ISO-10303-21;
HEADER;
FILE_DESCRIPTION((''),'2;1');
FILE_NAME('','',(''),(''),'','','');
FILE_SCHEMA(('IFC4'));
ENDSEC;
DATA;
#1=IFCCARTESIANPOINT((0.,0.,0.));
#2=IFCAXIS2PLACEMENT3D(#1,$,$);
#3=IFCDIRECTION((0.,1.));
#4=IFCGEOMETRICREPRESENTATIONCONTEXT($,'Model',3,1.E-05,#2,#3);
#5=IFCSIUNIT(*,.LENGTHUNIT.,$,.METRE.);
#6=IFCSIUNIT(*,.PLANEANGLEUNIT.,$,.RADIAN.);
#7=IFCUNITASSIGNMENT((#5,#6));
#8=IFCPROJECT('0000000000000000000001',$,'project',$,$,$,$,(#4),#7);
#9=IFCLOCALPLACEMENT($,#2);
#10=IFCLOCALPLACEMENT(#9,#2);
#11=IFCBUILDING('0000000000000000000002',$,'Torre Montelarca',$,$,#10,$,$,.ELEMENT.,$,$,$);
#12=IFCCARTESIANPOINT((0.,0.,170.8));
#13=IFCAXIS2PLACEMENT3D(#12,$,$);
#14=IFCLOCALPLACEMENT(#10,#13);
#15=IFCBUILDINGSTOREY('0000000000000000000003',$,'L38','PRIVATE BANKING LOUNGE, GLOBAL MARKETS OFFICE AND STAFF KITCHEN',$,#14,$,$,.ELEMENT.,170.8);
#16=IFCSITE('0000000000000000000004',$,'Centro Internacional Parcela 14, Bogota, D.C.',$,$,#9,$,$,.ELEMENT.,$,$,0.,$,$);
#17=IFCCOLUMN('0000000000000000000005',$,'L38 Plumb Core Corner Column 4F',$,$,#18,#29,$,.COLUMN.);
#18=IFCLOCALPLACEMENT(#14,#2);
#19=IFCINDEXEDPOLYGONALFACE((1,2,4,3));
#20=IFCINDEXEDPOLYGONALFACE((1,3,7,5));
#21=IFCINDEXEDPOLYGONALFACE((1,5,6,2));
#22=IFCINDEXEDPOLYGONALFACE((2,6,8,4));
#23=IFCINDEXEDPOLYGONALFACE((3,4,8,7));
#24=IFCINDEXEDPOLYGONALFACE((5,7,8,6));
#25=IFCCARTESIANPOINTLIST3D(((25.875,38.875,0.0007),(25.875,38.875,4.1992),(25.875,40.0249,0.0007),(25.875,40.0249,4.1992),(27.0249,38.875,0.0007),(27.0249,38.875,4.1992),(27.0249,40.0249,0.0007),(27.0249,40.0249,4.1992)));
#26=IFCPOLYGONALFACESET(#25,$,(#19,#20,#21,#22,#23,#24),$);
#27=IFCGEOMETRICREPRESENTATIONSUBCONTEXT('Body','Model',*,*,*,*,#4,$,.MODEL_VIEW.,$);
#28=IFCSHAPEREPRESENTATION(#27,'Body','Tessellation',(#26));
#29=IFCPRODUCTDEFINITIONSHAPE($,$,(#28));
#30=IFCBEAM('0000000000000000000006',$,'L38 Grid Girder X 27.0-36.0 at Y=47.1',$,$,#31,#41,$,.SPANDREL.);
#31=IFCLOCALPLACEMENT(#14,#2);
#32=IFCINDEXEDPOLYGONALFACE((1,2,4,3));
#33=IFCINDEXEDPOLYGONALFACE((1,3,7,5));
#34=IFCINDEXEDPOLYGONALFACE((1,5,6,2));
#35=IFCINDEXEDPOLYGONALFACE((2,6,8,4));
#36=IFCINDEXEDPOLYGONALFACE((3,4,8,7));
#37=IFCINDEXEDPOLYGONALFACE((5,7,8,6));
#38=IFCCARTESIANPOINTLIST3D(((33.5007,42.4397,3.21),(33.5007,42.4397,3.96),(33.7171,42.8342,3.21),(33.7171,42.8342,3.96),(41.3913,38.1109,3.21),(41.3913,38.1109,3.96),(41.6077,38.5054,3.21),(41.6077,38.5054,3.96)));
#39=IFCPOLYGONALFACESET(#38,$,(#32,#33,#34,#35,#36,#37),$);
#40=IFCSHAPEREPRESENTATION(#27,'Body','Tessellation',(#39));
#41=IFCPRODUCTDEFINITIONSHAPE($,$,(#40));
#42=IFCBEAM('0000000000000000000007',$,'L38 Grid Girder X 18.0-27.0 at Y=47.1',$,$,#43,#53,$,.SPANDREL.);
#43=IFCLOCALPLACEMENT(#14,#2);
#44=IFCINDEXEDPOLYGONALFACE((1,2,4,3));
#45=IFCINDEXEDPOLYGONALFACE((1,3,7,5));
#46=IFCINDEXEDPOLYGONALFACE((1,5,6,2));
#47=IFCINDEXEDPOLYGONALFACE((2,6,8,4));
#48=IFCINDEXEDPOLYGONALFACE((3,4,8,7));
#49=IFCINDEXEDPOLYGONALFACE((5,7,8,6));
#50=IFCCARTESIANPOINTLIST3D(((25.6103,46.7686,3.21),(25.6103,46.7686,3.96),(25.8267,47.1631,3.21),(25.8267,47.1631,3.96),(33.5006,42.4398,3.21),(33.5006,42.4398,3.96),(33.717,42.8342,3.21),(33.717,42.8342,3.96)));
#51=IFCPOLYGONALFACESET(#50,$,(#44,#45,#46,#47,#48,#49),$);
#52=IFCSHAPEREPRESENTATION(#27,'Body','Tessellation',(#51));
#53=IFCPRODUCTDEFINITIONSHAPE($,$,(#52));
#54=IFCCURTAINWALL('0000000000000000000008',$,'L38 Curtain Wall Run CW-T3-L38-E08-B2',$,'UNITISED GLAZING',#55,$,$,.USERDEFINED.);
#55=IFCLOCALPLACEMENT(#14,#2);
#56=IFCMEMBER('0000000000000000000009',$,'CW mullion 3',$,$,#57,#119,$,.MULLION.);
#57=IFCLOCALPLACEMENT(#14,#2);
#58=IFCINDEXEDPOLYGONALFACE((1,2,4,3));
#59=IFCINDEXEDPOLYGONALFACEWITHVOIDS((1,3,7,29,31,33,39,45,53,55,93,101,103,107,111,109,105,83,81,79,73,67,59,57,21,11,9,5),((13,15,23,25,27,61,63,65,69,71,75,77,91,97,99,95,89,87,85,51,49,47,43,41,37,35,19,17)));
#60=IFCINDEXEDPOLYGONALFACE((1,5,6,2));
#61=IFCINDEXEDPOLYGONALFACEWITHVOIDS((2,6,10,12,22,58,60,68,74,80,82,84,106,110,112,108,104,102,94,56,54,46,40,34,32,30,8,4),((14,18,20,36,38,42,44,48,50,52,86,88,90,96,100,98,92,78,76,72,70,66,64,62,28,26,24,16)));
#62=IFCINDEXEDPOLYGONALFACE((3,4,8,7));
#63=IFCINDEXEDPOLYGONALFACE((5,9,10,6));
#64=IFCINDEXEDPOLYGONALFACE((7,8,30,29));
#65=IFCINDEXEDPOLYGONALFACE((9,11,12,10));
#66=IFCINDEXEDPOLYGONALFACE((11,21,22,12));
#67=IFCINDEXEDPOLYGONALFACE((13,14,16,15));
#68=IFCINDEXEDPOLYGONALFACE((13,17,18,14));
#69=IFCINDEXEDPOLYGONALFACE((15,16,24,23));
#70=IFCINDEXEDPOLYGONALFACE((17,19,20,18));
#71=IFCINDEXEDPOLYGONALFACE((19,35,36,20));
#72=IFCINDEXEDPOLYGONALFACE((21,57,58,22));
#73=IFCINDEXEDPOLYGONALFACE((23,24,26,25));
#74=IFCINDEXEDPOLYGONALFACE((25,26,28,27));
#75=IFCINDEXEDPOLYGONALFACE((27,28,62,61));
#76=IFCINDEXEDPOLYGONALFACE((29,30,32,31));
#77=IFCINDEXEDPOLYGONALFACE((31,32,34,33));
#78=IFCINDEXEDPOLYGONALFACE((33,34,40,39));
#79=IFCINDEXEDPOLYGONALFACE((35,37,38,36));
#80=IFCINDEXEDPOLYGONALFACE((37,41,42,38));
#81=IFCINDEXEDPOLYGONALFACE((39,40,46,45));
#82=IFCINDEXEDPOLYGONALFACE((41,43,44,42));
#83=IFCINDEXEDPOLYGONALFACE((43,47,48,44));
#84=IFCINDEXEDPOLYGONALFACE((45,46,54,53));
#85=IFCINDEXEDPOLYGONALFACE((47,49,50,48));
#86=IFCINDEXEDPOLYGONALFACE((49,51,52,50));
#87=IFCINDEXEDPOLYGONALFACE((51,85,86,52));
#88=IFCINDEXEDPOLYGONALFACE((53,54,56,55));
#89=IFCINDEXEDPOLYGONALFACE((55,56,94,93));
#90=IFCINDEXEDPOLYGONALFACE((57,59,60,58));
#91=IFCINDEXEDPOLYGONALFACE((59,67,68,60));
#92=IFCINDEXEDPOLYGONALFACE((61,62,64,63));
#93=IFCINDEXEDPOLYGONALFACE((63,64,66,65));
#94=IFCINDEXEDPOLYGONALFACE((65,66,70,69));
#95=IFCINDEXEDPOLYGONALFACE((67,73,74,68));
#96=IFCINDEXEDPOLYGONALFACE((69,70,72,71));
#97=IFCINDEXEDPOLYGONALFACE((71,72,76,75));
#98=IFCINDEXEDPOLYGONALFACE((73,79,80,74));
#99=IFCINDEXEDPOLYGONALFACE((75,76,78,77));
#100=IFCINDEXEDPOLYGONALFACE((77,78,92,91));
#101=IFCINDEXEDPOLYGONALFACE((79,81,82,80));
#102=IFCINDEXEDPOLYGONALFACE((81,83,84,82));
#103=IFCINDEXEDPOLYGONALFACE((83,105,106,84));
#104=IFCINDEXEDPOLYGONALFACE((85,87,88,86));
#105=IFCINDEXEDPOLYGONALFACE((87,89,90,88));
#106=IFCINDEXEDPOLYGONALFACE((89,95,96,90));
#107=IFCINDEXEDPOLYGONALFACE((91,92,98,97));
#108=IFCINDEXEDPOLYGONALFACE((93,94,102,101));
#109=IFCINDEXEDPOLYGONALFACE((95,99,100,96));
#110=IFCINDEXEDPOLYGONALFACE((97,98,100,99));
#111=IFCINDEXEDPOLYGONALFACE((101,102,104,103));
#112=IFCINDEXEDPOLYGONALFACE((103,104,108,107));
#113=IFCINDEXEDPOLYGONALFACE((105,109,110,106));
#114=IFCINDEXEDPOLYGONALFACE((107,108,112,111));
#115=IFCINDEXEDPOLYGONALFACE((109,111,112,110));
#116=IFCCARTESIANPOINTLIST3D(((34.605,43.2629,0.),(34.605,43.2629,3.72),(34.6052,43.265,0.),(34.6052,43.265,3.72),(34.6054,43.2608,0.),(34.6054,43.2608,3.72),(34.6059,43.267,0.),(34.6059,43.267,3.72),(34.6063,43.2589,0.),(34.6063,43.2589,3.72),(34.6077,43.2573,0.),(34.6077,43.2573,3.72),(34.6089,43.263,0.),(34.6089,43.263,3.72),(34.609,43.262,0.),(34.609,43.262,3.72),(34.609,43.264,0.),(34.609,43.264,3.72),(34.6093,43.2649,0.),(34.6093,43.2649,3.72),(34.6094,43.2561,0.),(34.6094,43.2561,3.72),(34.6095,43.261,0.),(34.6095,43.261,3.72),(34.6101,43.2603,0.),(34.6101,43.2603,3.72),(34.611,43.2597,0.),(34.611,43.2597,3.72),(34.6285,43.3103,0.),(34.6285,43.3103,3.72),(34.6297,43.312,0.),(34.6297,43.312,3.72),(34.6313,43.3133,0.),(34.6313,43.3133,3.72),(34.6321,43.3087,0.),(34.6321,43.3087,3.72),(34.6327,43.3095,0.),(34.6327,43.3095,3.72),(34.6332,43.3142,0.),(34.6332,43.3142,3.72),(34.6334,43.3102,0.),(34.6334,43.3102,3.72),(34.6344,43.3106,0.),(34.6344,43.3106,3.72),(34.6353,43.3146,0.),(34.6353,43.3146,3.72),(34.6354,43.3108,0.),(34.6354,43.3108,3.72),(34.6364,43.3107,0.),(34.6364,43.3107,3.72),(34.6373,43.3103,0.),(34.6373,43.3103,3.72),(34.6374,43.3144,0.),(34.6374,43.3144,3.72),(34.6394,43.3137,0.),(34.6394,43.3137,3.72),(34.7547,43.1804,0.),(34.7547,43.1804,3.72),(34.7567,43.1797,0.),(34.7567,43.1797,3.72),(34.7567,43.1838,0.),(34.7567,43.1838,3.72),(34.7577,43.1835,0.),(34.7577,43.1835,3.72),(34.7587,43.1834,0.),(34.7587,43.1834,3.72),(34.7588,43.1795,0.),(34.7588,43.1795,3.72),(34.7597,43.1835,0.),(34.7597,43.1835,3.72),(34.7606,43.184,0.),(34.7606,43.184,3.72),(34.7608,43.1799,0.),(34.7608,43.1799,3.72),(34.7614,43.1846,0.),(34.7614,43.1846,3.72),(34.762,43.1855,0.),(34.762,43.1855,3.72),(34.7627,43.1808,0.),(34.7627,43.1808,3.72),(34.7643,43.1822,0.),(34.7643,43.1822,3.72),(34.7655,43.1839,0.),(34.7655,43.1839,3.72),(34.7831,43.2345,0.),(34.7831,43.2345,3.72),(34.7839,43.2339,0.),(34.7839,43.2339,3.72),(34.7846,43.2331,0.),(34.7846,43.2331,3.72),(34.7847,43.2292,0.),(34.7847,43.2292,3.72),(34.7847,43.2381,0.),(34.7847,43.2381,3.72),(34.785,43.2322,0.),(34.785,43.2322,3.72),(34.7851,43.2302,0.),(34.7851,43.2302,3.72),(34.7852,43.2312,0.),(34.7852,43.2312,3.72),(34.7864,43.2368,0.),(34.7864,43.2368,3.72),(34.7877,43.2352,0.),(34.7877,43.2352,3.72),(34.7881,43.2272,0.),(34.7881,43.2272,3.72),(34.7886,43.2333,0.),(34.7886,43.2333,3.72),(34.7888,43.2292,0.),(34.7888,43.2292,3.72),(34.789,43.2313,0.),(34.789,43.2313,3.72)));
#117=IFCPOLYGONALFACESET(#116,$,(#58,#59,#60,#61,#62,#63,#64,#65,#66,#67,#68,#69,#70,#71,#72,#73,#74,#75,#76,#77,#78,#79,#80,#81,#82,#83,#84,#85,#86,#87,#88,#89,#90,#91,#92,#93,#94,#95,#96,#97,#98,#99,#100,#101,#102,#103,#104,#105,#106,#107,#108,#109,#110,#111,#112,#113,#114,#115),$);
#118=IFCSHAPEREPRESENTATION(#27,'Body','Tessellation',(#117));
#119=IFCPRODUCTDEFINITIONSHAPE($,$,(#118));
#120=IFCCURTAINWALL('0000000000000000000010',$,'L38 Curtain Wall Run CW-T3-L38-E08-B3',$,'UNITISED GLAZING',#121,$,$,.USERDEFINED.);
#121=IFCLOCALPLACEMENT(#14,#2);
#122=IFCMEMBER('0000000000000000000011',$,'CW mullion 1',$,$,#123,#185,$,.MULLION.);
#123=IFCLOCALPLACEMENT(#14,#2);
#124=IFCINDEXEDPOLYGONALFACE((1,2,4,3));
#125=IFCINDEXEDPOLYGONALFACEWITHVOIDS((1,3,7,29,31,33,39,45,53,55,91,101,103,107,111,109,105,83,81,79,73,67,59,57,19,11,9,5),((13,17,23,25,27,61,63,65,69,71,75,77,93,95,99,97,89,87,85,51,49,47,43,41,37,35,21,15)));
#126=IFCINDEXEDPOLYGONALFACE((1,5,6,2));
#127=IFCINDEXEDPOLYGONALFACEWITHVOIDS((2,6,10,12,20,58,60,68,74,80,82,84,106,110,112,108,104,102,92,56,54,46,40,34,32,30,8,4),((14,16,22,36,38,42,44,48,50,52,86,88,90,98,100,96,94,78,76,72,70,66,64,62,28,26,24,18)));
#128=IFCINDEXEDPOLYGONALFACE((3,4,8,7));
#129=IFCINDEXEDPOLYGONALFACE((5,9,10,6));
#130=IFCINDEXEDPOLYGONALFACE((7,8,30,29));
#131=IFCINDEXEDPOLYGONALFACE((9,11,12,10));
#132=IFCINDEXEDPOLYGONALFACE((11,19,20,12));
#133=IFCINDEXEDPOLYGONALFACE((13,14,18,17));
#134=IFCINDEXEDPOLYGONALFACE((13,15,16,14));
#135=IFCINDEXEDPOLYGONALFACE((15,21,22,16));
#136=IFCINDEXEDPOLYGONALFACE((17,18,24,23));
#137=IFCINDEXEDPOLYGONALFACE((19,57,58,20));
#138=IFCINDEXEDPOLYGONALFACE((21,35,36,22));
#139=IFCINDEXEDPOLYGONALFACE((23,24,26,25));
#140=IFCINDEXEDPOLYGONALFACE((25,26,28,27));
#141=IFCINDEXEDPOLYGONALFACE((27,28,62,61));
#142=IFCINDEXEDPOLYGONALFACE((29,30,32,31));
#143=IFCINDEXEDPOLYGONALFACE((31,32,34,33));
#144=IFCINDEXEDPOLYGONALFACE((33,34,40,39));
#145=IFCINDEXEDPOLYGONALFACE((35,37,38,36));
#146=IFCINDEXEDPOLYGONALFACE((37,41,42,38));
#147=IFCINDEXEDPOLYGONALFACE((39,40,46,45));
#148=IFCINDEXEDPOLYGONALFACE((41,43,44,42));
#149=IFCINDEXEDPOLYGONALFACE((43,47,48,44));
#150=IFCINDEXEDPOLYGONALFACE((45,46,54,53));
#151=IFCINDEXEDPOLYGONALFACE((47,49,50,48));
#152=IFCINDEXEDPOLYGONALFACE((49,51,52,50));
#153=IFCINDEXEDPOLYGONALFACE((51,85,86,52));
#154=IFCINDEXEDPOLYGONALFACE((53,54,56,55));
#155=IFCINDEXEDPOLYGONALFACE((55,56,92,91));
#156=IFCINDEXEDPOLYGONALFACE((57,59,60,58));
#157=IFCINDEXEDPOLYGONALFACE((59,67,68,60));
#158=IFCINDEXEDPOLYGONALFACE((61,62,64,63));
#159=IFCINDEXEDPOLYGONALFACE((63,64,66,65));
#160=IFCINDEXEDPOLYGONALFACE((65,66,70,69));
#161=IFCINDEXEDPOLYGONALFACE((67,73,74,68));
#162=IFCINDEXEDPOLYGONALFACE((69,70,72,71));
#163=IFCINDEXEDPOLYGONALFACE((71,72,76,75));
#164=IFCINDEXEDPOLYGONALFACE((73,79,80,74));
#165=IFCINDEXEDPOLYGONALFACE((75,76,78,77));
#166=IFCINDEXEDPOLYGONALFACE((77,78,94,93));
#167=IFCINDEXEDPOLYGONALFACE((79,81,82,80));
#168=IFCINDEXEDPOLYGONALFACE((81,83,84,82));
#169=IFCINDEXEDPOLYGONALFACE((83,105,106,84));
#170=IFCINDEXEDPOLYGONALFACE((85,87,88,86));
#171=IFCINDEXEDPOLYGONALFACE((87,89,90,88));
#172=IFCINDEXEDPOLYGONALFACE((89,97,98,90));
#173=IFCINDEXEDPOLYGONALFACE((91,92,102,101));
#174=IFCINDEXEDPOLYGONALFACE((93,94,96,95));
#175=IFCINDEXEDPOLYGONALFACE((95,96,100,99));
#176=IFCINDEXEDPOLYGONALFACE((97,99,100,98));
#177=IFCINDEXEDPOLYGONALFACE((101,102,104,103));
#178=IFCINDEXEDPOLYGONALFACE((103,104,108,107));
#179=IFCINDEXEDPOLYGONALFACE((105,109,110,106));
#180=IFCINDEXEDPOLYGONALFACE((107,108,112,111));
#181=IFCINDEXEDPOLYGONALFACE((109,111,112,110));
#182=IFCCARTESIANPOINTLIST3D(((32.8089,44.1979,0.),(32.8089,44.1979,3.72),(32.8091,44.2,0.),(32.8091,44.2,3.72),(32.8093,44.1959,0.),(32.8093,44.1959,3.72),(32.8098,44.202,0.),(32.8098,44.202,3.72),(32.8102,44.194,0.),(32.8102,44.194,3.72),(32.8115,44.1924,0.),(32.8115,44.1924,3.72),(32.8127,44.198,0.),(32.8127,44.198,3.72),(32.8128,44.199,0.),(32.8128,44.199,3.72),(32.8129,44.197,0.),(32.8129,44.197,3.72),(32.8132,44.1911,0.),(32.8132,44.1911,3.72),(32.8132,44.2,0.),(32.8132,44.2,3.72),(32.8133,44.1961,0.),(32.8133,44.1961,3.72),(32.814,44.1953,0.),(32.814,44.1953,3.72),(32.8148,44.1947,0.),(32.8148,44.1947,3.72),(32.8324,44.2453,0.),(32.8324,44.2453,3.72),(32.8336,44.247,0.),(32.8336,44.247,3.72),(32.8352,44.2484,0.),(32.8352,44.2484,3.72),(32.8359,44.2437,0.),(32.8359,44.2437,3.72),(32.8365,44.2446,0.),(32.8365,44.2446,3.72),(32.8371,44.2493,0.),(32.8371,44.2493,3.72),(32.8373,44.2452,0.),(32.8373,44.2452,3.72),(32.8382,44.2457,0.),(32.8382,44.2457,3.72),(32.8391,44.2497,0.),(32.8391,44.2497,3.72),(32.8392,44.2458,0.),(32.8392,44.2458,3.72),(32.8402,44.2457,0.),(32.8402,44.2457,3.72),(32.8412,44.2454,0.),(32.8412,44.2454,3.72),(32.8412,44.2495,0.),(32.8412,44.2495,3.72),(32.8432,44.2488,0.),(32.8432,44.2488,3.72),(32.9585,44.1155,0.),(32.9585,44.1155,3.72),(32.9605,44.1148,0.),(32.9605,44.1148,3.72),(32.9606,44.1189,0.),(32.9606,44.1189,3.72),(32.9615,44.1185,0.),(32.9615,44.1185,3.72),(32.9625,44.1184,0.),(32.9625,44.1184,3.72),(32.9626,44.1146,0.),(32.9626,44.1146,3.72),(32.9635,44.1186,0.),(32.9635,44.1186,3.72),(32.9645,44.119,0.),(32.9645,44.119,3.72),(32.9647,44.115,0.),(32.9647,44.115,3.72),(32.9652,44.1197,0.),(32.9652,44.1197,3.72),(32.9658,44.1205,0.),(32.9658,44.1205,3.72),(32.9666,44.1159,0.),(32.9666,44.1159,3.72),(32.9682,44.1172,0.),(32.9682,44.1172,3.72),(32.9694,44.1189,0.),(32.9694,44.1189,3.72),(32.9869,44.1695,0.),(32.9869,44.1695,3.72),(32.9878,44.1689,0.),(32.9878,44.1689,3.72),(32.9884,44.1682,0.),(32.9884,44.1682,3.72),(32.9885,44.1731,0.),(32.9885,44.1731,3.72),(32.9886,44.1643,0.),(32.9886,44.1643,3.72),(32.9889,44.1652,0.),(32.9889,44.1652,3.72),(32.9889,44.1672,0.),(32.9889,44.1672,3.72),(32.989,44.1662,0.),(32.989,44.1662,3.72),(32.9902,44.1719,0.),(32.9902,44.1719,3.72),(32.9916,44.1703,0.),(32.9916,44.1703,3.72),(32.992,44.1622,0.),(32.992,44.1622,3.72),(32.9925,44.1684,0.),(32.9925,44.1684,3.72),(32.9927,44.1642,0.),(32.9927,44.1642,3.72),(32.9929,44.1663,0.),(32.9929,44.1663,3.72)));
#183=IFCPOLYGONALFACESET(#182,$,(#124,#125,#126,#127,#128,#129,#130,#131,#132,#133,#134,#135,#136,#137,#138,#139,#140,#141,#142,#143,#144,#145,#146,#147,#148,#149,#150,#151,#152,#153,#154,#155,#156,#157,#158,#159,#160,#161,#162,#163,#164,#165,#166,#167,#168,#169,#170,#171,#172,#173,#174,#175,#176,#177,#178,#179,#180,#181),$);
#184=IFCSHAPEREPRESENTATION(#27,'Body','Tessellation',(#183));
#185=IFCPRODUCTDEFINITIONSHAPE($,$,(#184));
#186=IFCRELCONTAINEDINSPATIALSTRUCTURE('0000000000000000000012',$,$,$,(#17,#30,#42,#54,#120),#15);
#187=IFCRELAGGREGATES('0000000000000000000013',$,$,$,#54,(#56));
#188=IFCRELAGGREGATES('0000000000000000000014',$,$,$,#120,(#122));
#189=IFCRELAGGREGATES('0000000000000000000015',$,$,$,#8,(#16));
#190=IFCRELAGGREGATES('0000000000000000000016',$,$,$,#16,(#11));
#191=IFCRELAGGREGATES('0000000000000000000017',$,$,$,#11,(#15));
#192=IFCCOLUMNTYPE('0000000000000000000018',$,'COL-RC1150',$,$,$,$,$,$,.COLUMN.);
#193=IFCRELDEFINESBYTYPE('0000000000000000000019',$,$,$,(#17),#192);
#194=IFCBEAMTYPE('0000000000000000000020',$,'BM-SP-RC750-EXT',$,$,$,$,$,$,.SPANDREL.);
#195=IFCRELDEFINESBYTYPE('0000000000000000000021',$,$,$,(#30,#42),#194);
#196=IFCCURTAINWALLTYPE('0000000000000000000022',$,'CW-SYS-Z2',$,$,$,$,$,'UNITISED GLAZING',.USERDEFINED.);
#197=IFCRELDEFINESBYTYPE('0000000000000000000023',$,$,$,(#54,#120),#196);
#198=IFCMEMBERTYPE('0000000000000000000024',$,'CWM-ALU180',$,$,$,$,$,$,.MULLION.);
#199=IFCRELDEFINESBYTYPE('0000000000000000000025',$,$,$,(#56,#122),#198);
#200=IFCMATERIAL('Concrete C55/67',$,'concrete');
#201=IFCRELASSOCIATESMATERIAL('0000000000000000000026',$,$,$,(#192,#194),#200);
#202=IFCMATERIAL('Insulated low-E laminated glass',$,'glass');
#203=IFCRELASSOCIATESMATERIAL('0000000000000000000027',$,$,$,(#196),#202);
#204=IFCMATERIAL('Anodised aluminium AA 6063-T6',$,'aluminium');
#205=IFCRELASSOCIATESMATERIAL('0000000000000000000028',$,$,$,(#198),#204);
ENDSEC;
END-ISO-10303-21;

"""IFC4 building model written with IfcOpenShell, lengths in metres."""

from ifc_helpers import new_model, si_unit, direction, frame, origin, origin_2d, place, context, subcontext, project, spatial, rectangle, hollow_rectangle, extrude, source, transform, mapped, material, material_profile, profile_set, type_object, element, aggregate, save


model = new_model("IFC4")

# Units and contexts
model_context = context("Model", 3, precision=1e-05, world=origin(), true_north=direction((0.0, 1.0)))
body_context = subcontext(model_context, "Body", "Model", "MODEL_VIEW")
ifc_project = project(units=[si_unit("LENGTHUNIT", "METRE"), si_unit("PLANEANGLEUNIT", "RADIAN")], contexts=[model_context])

# Site, building, storey
site_placement = place(None, origin())
site = spatial("IfcSite", under=ifc_project, at=site_placement, Name="Centro Internacional Parcela 14, Bogota, D.C.", CompositionType="ELEMENT", RefElevation=0.0)
building_placement = place(site_placement, origin())
building = spatial("IfcBuilding", under=site, at=building_placement, Name="Torre Montelarca", CompositionType="ELEMENT")
storey_placement = place(building_placement, frame((0.0, 0.0, 170.8)))
storey = spatial("IfcBuildingStorey", under=building, at=storey_placement, Name="L38", Description="PRIVATE BANKING LOUNGE, GLOBAL MARKETS OFFICE AND STAFF KITCHEN", CompositionType="ELEMENT", Elevation=170.8)

# Column
ifc_material_1 = material(Name="Concrete C55/67", Category="concrete")
ifc_material_profile_1 = material_profile(ifc_material_1, rectangle(XDim=1.1499, YDim=1.1499, at=origin_2d()), Name="RC1150X1150", Category="concrete")
ifc_profile_set_1 = profile_set([ifc_material_profile_1], Name="Concrete C55/67")
column_type_1 = type_object("IfcColumnType", Name="COL-RC1150", PredefinedType="COLUMN", material=ifc_profile_set_1)
shared_shape_1 = source(origin(), body_context, "Body", "SweptSolid", [
    extrude(rectangle(XDim=1.1499, YDim=1.1499, at=origin_2d()), origin(), (0.0, 0.0, 1.0), 4.1985),
])
column_1_placement = place(storey_placement, frame((26.45, 39.45, 0.0007), z_axis=(0.0, 0.0, 1.0), x_axis=(1.0, 0.0, 0.0)))
element("IfcColumn", 1, at=column_1_placement, inside=storey, type_object=column_type_1, Name="L38 Plumb Core Corner Column 4F", PredefinedType="COLUMN", context=body_context, shape_type="MappedRepresentation", body=[
    mapped(shared_shape_1, transform((0.0, 0.0, 0.0), scale=1.0)),
])

# Beams
ifc_material_profile_2 = material_profile(ifc_material_1, rectangle(XDim=0.45, YDim=0.75, at=origin_2d()), Name="RCB450X750", Category="concrete")
ifc_profile_set_2 = profile_set([ifc_material_profile_2], Name="Concrete C55/67")
beam_type = type_object("IfcBeamType", Name="BM-SP-RC750-EXT", PredefinedType="SPANDREL", material=ifc_profile_set_2)
shared_shape_2 = source(origin(), body_context, "Body", "SweptSolid", [
    extrude(rectangle(XDim=0.45, YDim=0.75, at=origin_2d()), origin(), (0.0, 0.0, 1.0), 9.0),
])
beam_1_placement = place(storey_placement, frame((33.6089, 42.637, 3.585), z_axis=(0.876731, -0.480981, 0.0), x_axis=(0.480981, 0.876731, 0.0)))
element("IfcBeam", 2, at=beam_1_placement, inside=storey, type_object=beam_type, Name="L38 Grid Girder X 27.0-36.0 at Y=47.1", PredefinedType="SPANDREL", context=body_context, shape_type="MappedRepresentation", body=[
    mapped(shared_shape_2, transform((0.0, 0.0, 0.0), scale=1.0)),
])
shared_shape_3 = source(origin(), body_context, "Body", "SweptSolid", [
    extrude(rectangle(XDim=0.45, YDim=0.75, at=origin_2d()), origin(), (0.0, 0.0, 1.0), 8.9998),
])
beam_2_placement = place(storey_placement, frame((25.7185, 46.9658, 3.585), z_axis=(0.876725, -0.480993, 0.0), x_axis=(0.480993, 0.876725, 0.0)))
element("IfcBeam", 3, at=beam_2_placement, inside=storey, type_object=beam_type, Name="L38 Grid Girder X 18.0-27.0 at Y=47.1", PredefinedType="SPANDREL", context=body_context, shape_type="MappedRepresentation", body=[
    mapped(shared_shape_3, transform((0.0, 0.0, 0.0), scale=1.0)),
])

# Curtain wall, member
ifc_material_2 = material(Name="Insulated low-E laminated glass", Category="glass")
curtain_wall_type = type_object("IfcCurtainWallType", Name="CW-SYS-Z2", ElementType="UNITISED GLAZING", PredefinedType="USERDEFINED", material=ifc_material_2)
curtain_wall_1_placement = place(storey_placement, origin())
curtain_wall_1 = element("IfcCurtainWall", 4, at=curtain_wall_1_placement, inside=storey, type_object=curtain_wall_type, Name="L38 Curtain Wall Run CW-T3-L38-E08-B2", ObjectType="UNITISED GLAZING", PredefinedType="USERDEFINED")
ifc_material_3 = material(Name="Anodised aluminium AA 6063-T6", Category="aluminium")
ifc_material_profile_3 = material_profile(ifc_material_3, hollow_rectangle(XDim=0.0649, YDim=0.1799, WallThickness=0.0039, InnerFilletRadius=0.0039, OuterFilletRadius=0.0081, at=origin_2d()), Name="ALU65X180X4", Category="aluminium")
ifc_profile_set_3 = profile_set([ifc_material_profile_3], Name="Anodised aluminium AA 6063-T6")
member_type_1 = type_object("IfcMemberType", Name="CWM-ALU180", PredefinedType="MULLION", material=ifc_profile_set_3)
shared_shape_4 = source(origin(), body_context, "Body", "SweptSolid", [
    extrude(hollow_rectangle(XDim=0.0649, YDim=0.1799, WallThickness=0.0039, InnerFilletRadius=0.0039, OuterFilletRadius=0.0081, at=origin_2d()), origin(), (0.0, 0.0, 1.0), 3.72),
])
member_1_placement = place(storey_placement, frame((34.697, 43.2471, 0.0), z_axis=(0.0, 0.0, 1.0), x_axis=(-0.461745, -0.887013, 0.0)))
member_1 = element("IfcMember", 5, at=member_1_placement, type_object=member_type_1, Name="CW mullion 3", PredefinedType="MULLION", context=body_context, shape_type="MappedRepresentation", body=[
    mapped(shared_shape_4, transform((0.0, 0.0, 0.0), scale=1.0)),
])

# Curtain wall, member
curtain_wall_2_placement = place(storey_placement, origin())
curtain_wall_2 = element("IfcCurtainWall", 6, at=curtain_wall_2_placement, inside=storey, type_object=curtain_wall_type, Name="L38 Curtain Wall Run CW-T3-L38-E08-B3", ObjectType="UNITISED GLAZING", PredefinedType="USERDEFINED")
member_2_placement = place(storey_placement, frame((32.9009, 44.1821, 0.0), z_axis=(0.0, 0.0, 1.0), x_axis=(-0.461744, -0.887013, 0.0)))
member_2 = element("IfcMember", 7, at=member_2_placement, type_object=member_type_1, Name="CW mullion 1", PredefinedType="MULLION", context=body_context, shape_type="MappedRepresentation", body=[
    mapped(shared_shape_4, transform((0.0, 0.0, 0.0), scale=1.0)),
])

aggregate(curtain_wall_1, [member_1])
aggregate(curtain_wall_2, [member_2])

save(model, "model.ifc")
